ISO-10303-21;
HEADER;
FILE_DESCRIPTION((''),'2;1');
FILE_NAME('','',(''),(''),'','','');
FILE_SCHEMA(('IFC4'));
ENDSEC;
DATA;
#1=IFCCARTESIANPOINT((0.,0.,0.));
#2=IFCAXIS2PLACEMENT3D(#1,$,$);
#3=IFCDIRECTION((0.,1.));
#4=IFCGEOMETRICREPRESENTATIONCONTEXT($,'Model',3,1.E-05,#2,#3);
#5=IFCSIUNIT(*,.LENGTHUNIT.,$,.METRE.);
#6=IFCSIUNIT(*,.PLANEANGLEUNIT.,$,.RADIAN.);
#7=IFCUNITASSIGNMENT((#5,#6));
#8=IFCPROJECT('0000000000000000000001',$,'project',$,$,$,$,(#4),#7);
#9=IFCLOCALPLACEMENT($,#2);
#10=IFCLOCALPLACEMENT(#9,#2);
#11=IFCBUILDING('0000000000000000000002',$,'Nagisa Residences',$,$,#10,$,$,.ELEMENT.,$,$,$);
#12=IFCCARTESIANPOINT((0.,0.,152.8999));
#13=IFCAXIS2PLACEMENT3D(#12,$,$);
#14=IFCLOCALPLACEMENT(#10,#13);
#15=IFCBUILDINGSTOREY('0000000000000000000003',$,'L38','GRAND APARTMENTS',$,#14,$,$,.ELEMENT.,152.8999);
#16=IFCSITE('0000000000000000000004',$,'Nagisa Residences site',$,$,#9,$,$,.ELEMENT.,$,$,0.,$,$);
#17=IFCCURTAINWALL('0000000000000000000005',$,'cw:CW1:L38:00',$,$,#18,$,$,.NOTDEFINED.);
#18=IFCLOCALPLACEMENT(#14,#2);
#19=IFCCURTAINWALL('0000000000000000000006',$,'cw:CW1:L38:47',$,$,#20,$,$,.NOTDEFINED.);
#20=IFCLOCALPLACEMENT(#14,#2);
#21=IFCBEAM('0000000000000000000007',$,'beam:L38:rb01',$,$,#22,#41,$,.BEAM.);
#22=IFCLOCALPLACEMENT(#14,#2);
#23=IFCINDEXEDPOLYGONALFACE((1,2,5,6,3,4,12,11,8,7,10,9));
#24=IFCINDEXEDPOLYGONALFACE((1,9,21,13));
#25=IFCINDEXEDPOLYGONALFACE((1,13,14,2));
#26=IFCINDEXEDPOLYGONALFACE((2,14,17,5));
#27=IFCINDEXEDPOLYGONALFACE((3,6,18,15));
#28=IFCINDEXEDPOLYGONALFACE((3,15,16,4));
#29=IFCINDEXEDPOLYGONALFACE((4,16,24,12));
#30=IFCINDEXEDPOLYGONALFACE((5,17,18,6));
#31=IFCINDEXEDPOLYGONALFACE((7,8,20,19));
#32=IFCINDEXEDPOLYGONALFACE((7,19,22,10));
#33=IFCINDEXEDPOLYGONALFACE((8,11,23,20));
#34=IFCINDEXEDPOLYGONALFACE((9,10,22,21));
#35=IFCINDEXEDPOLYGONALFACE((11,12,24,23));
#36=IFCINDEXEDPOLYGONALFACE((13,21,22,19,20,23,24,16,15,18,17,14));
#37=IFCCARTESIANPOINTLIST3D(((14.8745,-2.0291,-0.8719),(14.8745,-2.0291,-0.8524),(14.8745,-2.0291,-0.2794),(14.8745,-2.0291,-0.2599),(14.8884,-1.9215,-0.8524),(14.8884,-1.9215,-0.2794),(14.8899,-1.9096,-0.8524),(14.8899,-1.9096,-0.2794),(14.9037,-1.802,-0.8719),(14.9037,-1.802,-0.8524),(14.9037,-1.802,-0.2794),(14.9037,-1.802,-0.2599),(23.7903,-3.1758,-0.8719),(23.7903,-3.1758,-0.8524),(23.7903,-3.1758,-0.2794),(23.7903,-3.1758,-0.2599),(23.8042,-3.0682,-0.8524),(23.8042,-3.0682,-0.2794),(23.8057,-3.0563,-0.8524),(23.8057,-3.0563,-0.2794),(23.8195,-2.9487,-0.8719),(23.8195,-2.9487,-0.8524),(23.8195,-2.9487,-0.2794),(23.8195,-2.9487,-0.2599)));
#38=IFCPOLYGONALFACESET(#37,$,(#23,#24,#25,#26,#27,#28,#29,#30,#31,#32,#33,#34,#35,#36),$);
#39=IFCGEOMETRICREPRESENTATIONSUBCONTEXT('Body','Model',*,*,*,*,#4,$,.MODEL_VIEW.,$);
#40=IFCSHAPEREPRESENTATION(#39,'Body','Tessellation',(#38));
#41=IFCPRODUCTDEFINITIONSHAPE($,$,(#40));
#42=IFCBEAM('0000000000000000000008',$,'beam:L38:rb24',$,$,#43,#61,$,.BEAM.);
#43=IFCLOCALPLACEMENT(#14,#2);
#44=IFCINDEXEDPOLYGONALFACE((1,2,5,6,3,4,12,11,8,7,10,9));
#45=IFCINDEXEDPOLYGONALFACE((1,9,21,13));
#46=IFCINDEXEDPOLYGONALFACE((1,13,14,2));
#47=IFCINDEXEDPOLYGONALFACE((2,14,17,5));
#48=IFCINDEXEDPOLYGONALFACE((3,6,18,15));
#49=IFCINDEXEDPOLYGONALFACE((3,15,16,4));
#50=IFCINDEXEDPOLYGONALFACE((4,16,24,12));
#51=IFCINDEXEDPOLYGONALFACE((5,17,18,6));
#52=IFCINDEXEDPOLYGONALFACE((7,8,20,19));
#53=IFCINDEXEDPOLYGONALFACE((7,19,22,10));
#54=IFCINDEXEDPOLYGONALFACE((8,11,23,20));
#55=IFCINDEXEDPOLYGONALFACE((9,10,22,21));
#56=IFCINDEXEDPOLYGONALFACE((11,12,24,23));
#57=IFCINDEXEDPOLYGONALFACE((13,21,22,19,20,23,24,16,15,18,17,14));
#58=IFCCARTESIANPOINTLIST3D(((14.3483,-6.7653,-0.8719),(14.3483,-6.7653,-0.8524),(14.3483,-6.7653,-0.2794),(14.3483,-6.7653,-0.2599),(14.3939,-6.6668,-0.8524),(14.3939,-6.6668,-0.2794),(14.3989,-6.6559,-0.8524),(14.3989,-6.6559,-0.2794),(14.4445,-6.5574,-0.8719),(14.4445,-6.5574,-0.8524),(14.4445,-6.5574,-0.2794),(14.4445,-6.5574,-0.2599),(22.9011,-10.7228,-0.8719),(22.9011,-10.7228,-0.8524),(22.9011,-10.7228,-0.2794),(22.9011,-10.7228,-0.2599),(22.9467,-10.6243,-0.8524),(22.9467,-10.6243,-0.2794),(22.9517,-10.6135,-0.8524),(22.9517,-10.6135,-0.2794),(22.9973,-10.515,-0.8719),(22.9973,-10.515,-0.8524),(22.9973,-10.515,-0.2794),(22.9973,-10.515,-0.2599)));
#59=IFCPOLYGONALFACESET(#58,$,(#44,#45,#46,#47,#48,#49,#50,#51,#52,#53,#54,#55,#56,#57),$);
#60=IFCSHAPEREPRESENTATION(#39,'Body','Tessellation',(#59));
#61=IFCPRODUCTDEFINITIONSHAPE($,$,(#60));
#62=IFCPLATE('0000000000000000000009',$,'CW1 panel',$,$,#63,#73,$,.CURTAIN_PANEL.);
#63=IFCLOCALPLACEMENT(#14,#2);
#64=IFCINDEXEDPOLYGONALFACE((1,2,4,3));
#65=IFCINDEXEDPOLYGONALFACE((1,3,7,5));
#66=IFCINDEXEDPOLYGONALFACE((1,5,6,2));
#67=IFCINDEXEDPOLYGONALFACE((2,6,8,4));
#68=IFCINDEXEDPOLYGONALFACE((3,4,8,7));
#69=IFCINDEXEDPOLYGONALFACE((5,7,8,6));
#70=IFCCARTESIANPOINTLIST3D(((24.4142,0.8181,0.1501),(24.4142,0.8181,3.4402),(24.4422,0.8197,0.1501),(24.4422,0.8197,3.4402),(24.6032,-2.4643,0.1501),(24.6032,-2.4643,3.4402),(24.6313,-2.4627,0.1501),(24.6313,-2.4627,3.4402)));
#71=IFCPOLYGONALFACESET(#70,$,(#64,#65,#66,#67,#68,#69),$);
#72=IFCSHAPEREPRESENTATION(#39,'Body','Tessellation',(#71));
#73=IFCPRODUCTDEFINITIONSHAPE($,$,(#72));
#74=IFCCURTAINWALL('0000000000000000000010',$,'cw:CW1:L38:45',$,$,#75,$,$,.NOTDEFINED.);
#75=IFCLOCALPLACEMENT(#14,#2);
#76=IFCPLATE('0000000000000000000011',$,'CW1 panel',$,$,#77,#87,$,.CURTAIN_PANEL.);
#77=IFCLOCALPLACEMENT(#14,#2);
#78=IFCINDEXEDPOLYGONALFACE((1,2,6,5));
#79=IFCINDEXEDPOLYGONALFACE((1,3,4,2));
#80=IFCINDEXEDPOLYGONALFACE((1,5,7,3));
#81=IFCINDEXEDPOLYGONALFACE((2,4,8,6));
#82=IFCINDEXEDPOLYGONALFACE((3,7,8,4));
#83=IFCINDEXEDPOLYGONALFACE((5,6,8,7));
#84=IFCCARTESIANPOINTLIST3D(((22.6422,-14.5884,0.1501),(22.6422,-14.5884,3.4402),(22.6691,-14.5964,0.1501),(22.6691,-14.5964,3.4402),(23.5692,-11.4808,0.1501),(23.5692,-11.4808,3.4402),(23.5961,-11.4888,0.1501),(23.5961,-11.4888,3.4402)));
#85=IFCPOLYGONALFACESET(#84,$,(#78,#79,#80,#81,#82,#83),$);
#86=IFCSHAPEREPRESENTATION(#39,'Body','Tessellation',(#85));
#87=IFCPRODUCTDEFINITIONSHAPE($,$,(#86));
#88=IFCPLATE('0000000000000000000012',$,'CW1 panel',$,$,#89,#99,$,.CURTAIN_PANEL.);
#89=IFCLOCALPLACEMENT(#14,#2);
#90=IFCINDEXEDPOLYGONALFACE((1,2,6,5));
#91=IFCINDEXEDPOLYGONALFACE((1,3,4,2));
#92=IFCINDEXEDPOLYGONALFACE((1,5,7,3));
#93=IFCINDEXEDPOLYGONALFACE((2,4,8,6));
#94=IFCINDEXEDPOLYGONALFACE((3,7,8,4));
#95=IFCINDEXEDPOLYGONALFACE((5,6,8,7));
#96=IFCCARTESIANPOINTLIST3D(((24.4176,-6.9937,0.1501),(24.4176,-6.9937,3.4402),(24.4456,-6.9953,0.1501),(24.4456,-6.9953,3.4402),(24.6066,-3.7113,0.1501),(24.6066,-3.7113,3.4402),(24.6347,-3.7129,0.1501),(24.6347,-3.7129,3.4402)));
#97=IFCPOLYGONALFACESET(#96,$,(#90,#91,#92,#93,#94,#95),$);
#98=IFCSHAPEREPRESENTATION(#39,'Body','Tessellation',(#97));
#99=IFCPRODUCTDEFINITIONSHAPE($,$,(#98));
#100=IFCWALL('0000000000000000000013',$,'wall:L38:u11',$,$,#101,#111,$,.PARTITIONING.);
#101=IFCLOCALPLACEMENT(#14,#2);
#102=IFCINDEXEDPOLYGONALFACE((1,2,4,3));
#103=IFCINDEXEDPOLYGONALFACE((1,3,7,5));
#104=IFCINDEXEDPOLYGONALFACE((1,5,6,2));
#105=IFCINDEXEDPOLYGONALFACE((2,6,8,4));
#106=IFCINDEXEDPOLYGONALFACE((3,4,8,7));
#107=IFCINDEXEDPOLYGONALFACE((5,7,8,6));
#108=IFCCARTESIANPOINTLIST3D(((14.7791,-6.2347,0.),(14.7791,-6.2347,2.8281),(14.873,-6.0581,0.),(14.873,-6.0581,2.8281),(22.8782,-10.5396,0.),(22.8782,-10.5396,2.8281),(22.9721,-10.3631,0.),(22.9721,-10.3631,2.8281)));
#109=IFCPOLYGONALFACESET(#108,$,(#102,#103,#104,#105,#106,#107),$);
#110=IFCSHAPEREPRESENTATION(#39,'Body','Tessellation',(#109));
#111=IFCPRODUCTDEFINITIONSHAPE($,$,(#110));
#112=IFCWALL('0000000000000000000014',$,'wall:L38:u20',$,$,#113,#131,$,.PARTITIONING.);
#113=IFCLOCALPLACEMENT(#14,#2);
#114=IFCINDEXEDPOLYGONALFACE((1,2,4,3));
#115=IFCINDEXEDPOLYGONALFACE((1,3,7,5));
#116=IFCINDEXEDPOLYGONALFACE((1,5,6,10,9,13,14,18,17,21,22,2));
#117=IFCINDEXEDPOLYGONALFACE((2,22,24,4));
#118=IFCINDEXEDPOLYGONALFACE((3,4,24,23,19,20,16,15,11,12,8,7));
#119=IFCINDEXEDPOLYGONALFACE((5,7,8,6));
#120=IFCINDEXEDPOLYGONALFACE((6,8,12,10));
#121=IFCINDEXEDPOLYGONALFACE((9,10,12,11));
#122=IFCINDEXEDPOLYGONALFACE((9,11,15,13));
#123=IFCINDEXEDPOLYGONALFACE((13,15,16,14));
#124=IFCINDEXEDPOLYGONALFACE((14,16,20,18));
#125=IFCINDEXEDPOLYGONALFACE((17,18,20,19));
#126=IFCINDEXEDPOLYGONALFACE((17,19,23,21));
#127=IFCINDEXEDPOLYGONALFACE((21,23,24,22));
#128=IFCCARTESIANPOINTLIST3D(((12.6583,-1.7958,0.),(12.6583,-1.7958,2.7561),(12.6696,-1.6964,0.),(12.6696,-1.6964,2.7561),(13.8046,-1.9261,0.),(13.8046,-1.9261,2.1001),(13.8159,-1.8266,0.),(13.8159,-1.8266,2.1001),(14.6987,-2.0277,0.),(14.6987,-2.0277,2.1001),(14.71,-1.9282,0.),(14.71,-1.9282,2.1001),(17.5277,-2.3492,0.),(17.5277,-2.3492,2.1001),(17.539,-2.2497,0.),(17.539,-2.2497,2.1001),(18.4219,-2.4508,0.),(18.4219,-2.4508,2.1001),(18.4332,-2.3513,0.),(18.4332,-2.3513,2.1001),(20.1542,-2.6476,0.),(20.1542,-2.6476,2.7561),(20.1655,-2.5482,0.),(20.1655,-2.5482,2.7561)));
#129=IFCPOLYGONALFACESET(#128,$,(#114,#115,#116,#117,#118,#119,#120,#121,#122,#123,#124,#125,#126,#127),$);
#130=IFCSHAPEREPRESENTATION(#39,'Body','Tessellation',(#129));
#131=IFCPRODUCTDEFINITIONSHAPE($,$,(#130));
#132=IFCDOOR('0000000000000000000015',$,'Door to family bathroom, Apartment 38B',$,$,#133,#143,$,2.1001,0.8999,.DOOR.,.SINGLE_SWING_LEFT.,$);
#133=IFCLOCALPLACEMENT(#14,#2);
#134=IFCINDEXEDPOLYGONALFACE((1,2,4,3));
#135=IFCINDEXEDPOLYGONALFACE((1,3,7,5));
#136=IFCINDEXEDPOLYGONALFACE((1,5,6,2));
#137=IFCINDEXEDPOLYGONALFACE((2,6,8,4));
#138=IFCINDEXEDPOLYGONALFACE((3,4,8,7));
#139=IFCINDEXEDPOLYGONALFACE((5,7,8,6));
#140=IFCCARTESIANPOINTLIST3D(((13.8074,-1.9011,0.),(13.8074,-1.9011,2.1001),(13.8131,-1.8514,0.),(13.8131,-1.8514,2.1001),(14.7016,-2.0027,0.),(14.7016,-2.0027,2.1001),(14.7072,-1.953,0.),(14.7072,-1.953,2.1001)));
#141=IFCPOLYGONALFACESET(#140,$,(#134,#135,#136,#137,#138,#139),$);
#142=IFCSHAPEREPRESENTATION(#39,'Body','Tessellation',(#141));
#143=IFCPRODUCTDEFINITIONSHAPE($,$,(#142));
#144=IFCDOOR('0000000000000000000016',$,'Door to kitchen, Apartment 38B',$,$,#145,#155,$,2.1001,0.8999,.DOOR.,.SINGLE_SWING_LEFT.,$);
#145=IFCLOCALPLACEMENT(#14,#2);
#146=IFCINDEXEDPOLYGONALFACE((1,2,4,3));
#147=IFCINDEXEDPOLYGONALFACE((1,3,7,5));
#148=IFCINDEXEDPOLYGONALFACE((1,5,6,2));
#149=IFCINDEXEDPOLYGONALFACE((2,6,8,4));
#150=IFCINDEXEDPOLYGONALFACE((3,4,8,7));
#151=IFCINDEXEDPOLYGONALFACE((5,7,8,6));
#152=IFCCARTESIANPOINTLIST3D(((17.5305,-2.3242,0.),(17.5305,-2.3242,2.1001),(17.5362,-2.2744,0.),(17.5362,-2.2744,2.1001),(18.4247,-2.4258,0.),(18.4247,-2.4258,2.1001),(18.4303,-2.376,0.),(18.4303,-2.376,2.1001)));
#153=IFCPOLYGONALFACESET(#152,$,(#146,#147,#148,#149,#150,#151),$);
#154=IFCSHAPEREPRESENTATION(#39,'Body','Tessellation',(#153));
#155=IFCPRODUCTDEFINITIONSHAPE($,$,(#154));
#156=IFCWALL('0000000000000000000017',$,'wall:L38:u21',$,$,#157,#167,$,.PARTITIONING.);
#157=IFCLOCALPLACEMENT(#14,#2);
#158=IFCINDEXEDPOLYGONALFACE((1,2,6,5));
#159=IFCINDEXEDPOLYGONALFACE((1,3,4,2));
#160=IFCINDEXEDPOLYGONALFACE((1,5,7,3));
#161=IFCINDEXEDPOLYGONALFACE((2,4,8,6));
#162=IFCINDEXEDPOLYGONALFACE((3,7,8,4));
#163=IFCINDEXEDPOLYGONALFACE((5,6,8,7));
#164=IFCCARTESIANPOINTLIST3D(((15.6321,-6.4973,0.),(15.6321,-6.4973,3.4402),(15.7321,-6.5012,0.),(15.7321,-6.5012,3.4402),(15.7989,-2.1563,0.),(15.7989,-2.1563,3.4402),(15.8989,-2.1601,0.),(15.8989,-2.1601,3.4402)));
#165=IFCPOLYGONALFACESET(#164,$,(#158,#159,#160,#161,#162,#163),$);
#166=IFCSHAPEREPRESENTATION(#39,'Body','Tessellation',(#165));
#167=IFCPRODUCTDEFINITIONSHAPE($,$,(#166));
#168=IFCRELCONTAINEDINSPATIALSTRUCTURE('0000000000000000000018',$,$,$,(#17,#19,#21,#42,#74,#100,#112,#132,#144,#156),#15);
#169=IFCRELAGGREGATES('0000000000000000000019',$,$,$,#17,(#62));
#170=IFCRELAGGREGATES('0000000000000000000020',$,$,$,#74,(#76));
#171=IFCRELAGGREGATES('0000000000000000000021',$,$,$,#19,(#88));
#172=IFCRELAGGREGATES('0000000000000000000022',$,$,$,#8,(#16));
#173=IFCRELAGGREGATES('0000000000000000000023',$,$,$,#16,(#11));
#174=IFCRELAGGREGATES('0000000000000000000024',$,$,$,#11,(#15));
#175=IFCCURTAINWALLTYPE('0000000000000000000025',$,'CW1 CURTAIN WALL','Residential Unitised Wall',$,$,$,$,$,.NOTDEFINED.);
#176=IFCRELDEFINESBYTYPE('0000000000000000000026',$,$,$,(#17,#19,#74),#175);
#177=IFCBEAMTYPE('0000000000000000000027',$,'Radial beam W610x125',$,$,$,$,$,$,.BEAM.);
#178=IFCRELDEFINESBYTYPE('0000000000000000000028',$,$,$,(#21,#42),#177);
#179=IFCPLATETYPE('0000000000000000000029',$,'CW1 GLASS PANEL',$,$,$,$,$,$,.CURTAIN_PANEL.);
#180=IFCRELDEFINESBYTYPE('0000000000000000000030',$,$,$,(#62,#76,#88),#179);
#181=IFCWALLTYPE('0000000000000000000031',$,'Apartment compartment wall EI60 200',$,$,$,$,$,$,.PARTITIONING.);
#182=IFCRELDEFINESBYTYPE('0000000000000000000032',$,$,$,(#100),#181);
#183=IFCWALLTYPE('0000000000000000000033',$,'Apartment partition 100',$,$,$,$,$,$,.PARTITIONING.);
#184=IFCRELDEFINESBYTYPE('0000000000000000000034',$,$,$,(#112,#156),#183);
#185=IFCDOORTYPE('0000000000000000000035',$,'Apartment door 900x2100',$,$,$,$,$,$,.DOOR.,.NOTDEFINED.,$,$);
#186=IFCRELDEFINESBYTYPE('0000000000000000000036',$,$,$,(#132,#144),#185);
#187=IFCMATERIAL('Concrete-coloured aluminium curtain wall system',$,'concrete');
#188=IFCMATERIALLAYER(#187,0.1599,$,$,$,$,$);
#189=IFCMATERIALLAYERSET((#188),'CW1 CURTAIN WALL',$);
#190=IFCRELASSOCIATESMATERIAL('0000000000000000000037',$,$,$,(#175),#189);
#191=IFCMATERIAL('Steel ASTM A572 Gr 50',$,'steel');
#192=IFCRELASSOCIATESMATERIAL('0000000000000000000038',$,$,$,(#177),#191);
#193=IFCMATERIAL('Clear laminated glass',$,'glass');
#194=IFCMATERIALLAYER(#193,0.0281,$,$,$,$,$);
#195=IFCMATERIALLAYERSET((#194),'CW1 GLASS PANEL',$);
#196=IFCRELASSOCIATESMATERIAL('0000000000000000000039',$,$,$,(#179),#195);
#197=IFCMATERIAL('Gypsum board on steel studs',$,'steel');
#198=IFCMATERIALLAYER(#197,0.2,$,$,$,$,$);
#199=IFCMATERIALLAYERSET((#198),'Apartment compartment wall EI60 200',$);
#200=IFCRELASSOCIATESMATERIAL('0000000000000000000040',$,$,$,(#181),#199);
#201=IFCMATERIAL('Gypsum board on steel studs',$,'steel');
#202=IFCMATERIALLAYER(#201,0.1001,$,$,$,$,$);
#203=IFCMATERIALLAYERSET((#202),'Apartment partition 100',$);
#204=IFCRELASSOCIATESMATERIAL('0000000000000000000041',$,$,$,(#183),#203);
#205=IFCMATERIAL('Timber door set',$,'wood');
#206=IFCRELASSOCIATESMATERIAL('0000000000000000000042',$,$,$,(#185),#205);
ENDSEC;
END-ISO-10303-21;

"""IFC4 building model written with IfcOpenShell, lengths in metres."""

from ifc_helpers import new_model, si_unit, direction, frame, frame_2d, origin, origin_2d, place, context, subcontext, project, spatial, rectangle, i_section, extrude, material, layer, layer_set, material_profile, profile_set, type_object, element, fill, aggregate, save


model = new_model("IFC4")

# Units and contexts
model_context = context("Model", 3, precision=1e-05, world=origin(), true_north=direction((0.0, 1.0)))
body_context = subcontext(model_context, "Body", "Model", "MODEL_VIEW")
ifc_project = project(units=[si_unit("LENGTHUNIT", "METRE"), si_unit("PLANEANGLEUNIT", "RADIAN")], contexts=[model_context])

# Site, building, storey
site_placement = place(None, origin())
site = spatial("IfcSite", under=ifc_project, at=site_placement, Name="Nagisa Residences site", CompositionType="ELEMENT", RefElevation=0.0)
building_placement = place(site_placement, origin())
building = spatial("IfcBuilding", under=site, at=building_placement, Name="Nagisa Residences", CompositionType="ELEMENT")
storey_placement = place(building_placement, frame((0.0, 0.0, 152.8999)))
storey = spatial("IfcBuildingStorey", under=building, at=storey_placement, Name="L38", Description="GRAND APARTMENTS", CompositionType="ELEMENT", Elevation=152.8999)

# Curtain walls
ifc_material_1 = material(Name="Concrete-coloured aluminium curtain wall system", Category="concrete")
ifc_layer_1 = layer(ifc_material_1, 0.1599)
ifc_layer_set_1 = layer_set([ifc_layer_1], Name="CW1 CURTAIN WALL")
curtain_wall_type = type_object("IfcCurtainWallType", Name="CW1 CURTAIN WALL", Description="Residential Unitised Wall", PredefinedType="NOTDEFINED", material=ifc_layer_set_1)
curtain_wall_1_placement = place(storey_placement, origin())
curtain_wall_1 = element("IfcCurtainWall", 1, at=curtain_wall_1_placement, inside=storey, type_object=curtain_wall_type, Name="cw:CW1:L38:00", PredefinedType="NOTDEFINED")
curtain_wall_2_placement = place(storey_placement, origin())
curtain_wall_2 = element("IfcCurtainWall", 2, at=curtain_wall_2_placement, inside=storey, type_object=curtain_wall_type, Name="cw:CW1:L38:47", PredefinedType="NOTDEFINED")

# Beams
ifc_material_2 = material(Name="Steel ASTM A572 Gr 50", Category="steel")
ifc_material_profile_1 = material_profile(ifc_material_2, i_section(OverallWidth=0.229, OverallDepth=0.6121, WebThickness=0.012, FlangeThickness=0.0195, at=origin_2d()), Name="W610x125")
ifc_profile_set_1 = profile_set([ifc_material_profile_1], Name="Steel ASTM A572 Gr 50")
beam_type_1 = type_object("IfcBeamType", Name="Radial beam W610x125", PredefinedType="BEAM", material=ifc_profile_set_1)
beam_1_placement = place(storey_placement, frame((23.8049, -3.0623, -0.5659), z_axis=(-0.99183, 0.127567, 0.0), x_axis=(-0.127567, -0.99183, 0.0)))
element("IfcBeam", 3, at=beam_1_placement, inside=storey, type_object=beam_type_1, Name="beam:L38:rb01", PredefinedType="BEAM", context=body_context, shape_type="SweptSolid", body=[
    extrude(i_section(OverallWidth=0.229, OverallDepth=0.6121, WebThickness=0.012, FlangeThickness=0.0195, at=origin_2d()), origin(), (0.0, 0.0, 1.0), 8.9893),
])
beam_2_placement = place(storey_placement, frame((22.9492, -10.6189, -0.5659), z_axis=(-0.907551, 0.419942, 0.0), x_axis=(-0.419942, -0.907551, 0.0)))
element("IfcBeam", 4, at=beam_2_placement, inside=storey, type_object=beam_type_1, Name="beam:L38:rb24", PredefinedType="BEAM", context=body_context, shape_type="SweptSolid", body=[
    extrude(i_section(OverallWidth=0.229, OverallDepth=0.6121, WebThickness=0.012, FlangeThickness=0.0195, at=origin_2d()), origin(), (0.0, 0.0, 1.0), 9.4241),
])

# Plate
ifc_material_3 = material(Name="Clear laminated glass", Category="glass")
ifc_layer_2 = layer(ifc_material_3, 0.0281)
ifc_layer_set_2 = layer_set([ifc_layer_2], Name="CW1 GLASS PANEL")
plate_type = type_object("IfcPlateType", Name="CW1 GLASS PANEL", PredefinedType="CURTAIN_PANEL", material=ifc_layer_set_2)
plate_1_placement = place(storey_placement, frame((24.5227, -0.8223, 0.1501), z_axis=(0.0, 0.0, 1.0), x_axis=(-0.057503, 0.998345, 0.0)))
plate_1 = element("IfcPlate", 5, at=plate_1_placement, type_object=plate_type, Name="CW1 panel", PredefinedType="CURTAIN_PANEL", context=body_context, shape_type="SweptSolid", body=[
    extrude(rectangle(XDim=3.2878, YDim=0.0281, at=origin_2d()), origin(), (0.0, 0.0, 1.0), 3.29),
])
aggregate(curtain_wall_1, [plate_1])

# Curtain wall, plate
curtain_wall_3_placement = place(storey_placement, origin())
curtain_wall_3 = element("IfcCurtainWall", 6, at=curtain_wall_3_placement, inside=storey, type_object=curtain_wall_type, Name="cw:CW1:L38:45", PredefinedType="NOTDEFINED")
plate_2_placement = place(storey_placement, frame((23.1191, -13.0386, 0.1501), z_axis=(0.0, 0.0, 1.0), x_axis=(0.28586, 0.958271, 0.0)))
plate_2 = element("IfcPlate", 7, at=plate_2_placement, type_object=plate_type, Name="CW1 panel", PredefinedType="CURTAIN_PANEL", context=body_context, shape_type="SweptSolid", body=[
    extrude(rectangle(XDim=3.2429, YDim=0.0281, at=origin_2d()), origin(), (0.0, 0.0, 1.0), 3.29),
])
aggregate(curtain_wall_3, [plate_2])

# Plate
plate_3_placement = place(storey_placement, frame((24.5261, -5.3533, 0.1501), z_axis=(0.0, 0.0, 1.0), x_axis=(0.057503, 0.998345, 0.0)))
plate_3 = element("IfcPlate", 8, at=plate_3_placement, type_object=plate_type, Name="CW1 panel", PredefinedType="CURTAIN_PANEL", context=body_context, shape_type="SweptSolid", body=[
    extrude(rectangle(XDim=3.2878, YDim=0.0281, at=origin_2d()), origin(), (0.0, 0.0, 1.0), 3.29),
])
aggregate(curtain_wall_2, [plate_3])

# Wall
ifc_material_4 = material(Name="Gypsum board on steel studs", Category="steel")
ifc_layer_3 = layer(ifc_material_4, 0.2)
ifc_layer_set_3 = layer_set([ifc_layer_3], Name="Apartment compartment wall EI60 200")
wall_type_1 = type_object("IfcWallType", Name="Apartment compartment wall EI60 200", PredefinedType="PARTITIONING", material=ifc_layer_set_3)
wall_1_placement = place(storey_placement, frame((14.8262, -6.1465, 0.0), z_axis=(0.0, 0.0, 1.0), x_axis=(0.883013, -0.469349, 0.0)))
element("IfcWall", 9, at=wall_1_placement, inside=storey, type_object=wall_type_1, Name="wall:L38:u11", PredefinedType="PARTITIONING", context=body_context, shape_type="SweptSolid", body=[
    extrude(rectangle(XDim=9.1721, YDim=0.2, at=frame_2d((4.5859, 0.0))), origin(), (0.0, 0.0, 1.0), 2.8281),
])

# Wall, openings, doors
ifc_material_5 = material(Name="Gypsum board on steel studs", Category="steel")
ifc_layer_4 = layer(ifc_material_5, 0.1001)
ifc_layer_set_4 = layer_set([ifc_layer_4], Name="Apartment partition 100")
wall_type_2 = type_object("IfcWallType", Name="Apartment partition 100", PredefinedType="PARTITIONING", material=ifc_layer_set_4)
wall_2_placement = place(storey_placement, frame((12.6641, -1.7461, 0.0), z_axis=(0.0, 0.0, 1.0), x_axis=(0.993605, -0.11291, 0.0)))
wall_2 = element("IfcWall", 10, at=wall_2_placement, inside=storey, type_object=wall_type_2, Name="wall:L38:u20", PredefinedType="PARTITIONING", context=body_context, shape_type="SweptSolid", body=[
    extrude(rectangle(XDim=7.5442, YDim=0.1001, at=frame_2d((3.772, 0.0))), origin(), (0.0, 0.0, 1.0), 2.7561),
])
opening_1_placement = place(wall_2_placement, frame((1.1536, 0.0, 0.0)))
opening_1 = element("IfcOpeningElement", 11, at=opening_1_placement, cuts=wall_2, PredefinedType="OPENING", context=body_context, shape_type="SweptSolid", body=[
    extrude(rectangle(XDim=0.8999, YDim=2.1001, at=frame_2d((0.45, 1.05))), frame((0.0, 0.0601, 0.0), z_axis=(0.0, -1.0, 0.0), x_axis=(1.0, 0.0, 0.0)), (0.0, 0.0, 1.0), 0.1201),
])
opening_2_placement = place(wall_2_placement, frame((4.9006, 0.0, 0.0)))
opening_2 = element("IfcOpeningElement", 12, at=opening_2_placement, cuts=wall_2, PredefinedType="OPENING", context=body_context, shape_type="SweptSolid", body=[
    extrude(rectangle(XDim=0.8999, YDim=2.1001, at=frame_2d((0.45, 1.05))), frame((0.0, 0.0601, 0.0), z_axis=(0.0, -1.0, 0.0), x_axis=(1.0, 0.0, 0.0)), (0.0, 0.0, 1.0), 0.1201),
])
ifc_material_6 = material(Name="Timber door set", Category="wood")
door_type_1 = type_object("IfcDoorType", Name="Apartment door 900x2100", OperationType="NOTDEFINED", PredefinedType="DOOR", material=ifc_material_6)
door_1_placement = place(opening_1_placement, frame((0.8999, 0.0, 0.0), x_axis=(-1.0, 0.0, 0.0)))
door_1 = element("IfcDoor", 13, at=door_1_placement, inside=storey, type_object=door_type_1, Name="Door to family bathroom, Apartment 38B", OperationType="SINGLE_SWING_LEFT", OverallHeight=2.1001, OverallWidth=0.8999, PredefinedType="DOOR", context=body_context, shape_type="SweptSolid", body=[
    extrude(rectangle(XDim=0.8999, YDim=2.1001, at=frame_2d((0.45, 1.05))), frame((0.0, 0.0249, 0.0), z_axis=(0.0, -1.0, 0.0), x_axis=(1.0, 0.0, 0.0)), (0.0, 0.0, 1.0), 0.05),
])
fill(opening_1, door_1)
door_2_placement = place(opening_2_placement, frame((0.8999, 0.0, 0.0), x_axis=(-1.0, 0.0, 0.0)))
door_2 = element("IfcDoor", 14, at=door_2_placement, inside=storey, type_object=door_type_1, Name="Door to kitchen, Apartment 38B", OperationType="SINGLE_SWING_LEFT", OverallHeight=2.1001, OverallWidth=0.8999, PredefinedType="DOOR", context=body_context, shape_type="SweptSolid", body=[
    extrude(rectangle(XDim=0.8999, YDim=2.1001, at=frame_2d((0.45, 1.05))), frame((0.0, 0.0249, 0.0), z_axis=(0.0, -1.0, 0.0), x_axis=(1.0, 0.0, 0.0)), (0.0, 0.0, 1.0), 0.05),
])
fill(opening_2, door_2)

# Wall
wall_3_placement = place(storey_placement, frame((15.8489, -2.1582, 0.0), z_axis=(0.0, 0.0, 1.0), x_axis=(-0.038383, -0.999263, 0.0)))
element("IfcWall", 15, at=wall_3_placement, inside=storey, type_object=wall_type_2, Name="wall:L38:u21", PredefinedType="PARTITIONING", context=body_context, shape_type="SweptSolid", body=[
    extrude(rectangle(XDim=4.3442, YDim=0.1001, at=frame_2d((2.1721, 0.0))), origin(), (0.0, 0.0, 1.0), 3.4402),
])

save(model, "model.ifc")
